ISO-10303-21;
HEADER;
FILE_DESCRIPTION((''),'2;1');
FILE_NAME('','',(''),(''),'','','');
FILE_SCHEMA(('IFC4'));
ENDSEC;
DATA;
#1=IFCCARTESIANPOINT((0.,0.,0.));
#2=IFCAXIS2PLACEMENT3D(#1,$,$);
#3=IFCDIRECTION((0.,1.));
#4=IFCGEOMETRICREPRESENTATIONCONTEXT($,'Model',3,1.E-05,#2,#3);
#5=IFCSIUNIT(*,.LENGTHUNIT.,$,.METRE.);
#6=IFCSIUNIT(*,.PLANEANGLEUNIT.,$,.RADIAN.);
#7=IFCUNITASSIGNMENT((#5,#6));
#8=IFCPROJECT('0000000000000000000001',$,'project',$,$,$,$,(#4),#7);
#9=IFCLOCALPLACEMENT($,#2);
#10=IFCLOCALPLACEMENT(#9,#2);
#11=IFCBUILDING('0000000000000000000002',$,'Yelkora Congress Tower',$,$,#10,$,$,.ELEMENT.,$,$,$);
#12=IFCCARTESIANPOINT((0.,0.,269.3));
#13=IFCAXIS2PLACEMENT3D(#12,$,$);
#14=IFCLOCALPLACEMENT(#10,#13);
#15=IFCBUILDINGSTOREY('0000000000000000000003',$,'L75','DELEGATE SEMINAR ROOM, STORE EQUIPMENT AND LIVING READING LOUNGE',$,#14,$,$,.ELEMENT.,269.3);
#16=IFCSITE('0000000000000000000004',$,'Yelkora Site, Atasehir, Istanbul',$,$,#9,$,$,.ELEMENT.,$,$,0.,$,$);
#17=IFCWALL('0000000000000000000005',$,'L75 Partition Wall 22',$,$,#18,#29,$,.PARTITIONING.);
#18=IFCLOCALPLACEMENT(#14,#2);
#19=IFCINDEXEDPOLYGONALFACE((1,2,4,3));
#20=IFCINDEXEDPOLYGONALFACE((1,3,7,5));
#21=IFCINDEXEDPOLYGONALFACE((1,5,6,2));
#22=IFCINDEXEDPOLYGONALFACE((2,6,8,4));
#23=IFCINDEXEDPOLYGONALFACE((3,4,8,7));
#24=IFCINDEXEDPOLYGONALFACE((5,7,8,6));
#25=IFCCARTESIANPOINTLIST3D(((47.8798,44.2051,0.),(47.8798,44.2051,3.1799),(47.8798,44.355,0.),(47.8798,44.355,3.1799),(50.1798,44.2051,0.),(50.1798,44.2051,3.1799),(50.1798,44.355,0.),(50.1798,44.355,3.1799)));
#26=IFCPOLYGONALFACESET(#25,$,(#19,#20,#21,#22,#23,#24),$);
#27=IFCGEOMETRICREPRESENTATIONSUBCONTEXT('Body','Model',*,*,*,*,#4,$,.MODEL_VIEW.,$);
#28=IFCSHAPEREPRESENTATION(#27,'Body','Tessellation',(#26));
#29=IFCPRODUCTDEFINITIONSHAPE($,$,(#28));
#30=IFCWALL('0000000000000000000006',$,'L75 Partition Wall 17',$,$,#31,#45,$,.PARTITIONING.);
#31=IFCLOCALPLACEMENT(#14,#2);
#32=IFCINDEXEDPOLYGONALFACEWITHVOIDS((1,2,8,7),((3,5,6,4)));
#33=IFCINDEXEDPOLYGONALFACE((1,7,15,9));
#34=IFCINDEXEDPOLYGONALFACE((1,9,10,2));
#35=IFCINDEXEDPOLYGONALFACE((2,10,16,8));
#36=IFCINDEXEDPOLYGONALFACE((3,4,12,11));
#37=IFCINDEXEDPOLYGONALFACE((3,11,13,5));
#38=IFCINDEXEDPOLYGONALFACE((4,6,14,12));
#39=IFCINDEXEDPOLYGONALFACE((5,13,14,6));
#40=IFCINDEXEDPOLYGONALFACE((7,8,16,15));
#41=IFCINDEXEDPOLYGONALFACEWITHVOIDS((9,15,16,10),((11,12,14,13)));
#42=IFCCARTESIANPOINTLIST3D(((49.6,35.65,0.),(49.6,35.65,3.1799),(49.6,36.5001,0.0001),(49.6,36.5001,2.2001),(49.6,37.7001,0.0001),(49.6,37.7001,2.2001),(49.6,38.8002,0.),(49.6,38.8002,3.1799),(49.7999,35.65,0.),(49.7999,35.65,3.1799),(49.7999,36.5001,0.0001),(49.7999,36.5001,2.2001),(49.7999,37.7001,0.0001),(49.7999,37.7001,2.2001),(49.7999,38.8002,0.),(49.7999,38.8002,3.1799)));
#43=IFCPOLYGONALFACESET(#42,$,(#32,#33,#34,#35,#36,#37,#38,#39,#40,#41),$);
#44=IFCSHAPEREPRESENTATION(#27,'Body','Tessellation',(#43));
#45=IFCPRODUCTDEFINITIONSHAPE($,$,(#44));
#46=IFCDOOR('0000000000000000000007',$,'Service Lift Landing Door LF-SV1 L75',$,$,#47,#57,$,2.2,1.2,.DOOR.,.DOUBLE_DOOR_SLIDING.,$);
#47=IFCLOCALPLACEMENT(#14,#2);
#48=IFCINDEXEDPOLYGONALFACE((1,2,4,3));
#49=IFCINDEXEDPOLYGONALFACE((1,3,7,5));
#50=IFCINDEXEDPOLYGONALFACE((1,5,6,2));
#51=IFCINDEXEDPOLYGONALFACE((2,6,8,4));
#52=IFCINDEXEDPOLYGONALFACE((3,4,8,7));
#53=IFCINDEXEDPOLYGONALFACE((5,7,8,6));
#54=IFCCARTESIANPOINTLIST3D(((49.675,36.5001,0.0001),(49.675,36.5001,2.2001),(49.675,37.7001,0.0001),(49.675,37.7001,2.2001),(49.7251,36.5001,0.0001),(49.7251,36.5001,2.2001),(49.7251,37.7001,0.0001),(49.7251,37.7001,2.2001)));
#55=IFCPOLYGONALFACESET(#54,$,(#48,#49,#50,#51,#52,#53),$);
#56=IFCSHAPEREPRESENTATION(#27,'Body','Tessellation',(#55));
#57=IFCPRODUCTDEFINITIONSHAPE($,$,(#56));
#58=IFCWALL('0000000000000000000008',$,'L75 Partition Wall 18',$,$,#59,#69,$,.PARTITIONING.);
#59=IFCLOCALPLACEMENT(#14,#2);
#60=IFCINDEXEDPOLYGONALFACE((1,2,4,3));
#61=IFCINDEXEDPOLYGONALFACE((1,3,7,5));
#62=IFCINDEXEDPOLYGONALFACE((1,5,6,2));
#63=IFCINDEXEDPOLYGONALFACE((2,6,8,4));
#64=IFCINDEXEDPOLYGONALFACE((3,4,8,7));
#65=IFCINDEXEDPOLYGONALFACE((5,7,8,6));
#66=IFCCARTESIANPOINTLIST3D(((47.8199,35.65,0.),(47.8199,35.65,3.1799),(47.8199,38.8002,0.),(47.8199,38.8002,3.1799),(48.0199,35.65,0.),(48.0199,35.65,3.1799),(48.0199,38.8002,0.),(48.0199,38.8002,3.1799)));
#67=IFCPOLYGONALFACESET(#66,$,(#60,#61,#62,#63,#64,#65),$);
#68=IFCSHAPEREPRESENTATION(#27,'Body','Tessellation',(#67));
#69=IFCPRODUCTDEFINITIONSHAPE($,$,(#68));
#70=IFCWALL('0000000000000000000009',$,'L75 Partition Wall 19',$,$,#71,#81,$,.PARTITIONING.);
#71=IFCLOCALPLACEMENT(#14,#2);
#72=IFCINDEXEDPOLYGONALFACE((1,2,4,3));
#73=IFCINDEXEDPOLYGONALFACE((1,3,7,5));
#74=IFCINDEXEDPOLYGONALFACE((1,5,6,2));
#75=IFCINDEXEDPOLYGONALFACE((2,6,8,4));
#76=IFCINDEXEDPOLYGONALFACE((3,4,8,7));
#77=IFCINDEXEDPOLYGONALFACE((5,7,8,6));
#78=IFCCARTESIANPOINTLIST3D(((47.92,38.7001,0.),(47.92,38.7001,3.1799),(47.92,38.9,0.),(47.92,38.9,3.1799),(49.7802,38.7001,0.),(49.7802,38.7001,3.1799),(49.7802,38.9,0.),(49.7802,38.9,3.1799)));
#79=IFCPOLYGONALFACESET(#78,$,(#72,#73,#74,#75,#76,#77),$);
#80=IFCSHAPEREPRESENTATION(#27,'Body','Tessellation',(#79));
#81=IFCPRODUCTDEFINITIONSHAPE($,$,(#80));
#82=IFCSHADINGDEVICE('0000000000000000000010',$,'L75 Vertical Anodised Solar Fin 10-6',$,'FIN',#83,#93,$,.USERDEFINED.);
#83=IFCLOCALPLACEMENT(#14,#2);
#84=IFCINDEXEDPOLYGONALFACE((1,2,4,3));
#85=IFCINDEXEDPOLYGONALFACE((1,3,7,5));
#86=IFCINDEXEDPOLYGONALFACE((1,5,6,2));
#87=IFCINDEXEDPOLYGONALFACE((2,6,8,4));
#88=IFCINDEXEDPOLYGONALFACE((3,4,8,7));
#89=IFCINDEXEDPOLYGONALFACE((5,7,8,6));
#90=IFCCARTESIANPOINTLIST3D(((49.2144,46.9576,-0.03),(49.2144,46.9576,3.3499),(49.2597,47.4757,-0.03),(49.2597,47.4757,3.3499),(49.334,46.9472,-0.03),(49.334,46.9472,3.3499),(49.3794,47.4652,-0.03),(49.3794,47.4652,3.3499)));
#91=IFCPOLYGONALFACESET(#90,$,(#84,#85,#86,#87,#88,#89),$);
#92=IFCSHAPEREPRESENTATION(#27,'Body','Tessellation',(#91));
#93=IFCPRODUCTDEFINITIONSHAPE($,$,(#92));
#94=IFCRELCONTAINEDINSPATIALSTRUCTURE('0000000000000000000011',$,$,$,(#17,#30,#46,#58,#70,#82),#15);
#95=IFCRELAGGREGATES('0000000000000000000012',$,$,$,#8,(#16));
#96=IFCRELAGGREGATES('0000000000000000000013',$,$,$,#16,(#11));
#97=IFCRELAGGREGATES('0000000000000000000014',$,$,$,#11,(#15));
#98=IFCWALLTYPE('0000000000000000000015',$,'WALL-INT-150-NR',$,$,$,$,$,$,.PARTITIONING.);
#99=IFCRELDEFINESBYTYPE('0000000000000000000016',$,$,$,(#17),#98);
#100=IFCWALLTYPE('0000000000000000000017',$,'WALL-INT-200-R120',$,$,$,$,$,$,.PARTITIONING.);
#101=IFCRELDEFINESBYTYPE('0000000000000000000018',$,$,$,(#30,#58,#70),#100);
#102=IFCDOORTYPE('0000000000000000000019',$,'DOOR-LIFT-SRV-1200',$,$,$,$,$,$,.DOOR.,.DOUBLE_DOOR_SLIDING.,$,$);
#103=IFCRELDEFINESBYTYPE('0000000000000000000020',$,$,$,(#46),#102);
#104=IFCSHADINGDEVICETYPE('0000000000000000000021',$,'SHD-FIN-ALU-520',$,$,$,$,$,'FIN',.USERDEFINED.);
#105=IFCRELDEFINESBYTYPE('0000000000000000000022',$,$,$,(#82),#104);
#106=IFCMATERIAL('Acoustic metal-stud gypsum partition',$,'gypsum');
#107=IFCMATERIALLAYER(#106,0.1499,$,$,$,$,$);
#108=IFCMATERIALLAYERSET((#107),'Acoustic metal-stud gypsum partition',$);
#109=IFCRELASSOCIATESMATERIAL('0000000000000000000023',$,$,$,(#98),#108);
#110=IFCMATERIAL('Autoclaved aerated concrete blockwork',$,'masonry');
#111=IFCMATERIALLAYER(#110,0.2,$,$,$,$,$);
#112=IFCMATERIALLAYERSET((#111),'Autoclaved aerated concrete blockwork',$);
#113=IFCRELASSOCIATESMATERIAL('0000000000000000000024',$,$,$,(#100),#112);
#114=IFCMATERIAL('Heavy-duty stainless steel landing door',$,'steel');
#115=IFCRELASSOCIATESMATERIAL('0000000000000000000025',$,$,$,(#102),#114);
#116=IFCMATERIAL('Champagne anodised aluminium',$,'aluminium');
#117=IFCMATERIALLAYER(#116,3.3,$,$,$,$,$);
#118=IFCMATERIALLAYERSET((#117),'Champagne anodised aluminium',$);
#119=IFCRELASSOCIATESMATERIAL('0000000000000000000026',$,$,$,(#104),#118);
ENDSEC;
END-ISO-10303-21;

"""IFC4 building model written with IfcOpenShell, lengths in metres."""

from ifc_helpers import new_model, si_unit, direction, frame, frame_2d, origin, origin_2d, place, context, subcontext, project, spatial, rectangle, extrude, material, layer, layer_set, type_object, element, fill, save


model = new_model("IFC4")

# Units and contexts
model_context = context("Model", 3, precision=1e-05, world=origin(), true_north=direction((0.0, 1.0)))
body_context = subcontext(model_context, "Body", "Model", "MODEL_VIEW")
ifc_project = project(units=[si_unit("LENGTHUNIT", "METRE"), si_unit("PLANEANGLEUNIT", "RADIAN")], contexts=[model_context])

# Site, building, storey
site_placement = place(None, origin())
site = spatial("IfcSite", under=ifc_project, at=site_placement, Name="Yelkora Site, Atasehir, Istanbul", CompositionType="ELEMENT", RefElevation=0.0)
building_placement = place(site_placement, origin())
building = spatial("IfcBuilding", under=site, at=building_placement, Name="Yelkora Congress Tower", CompositionType="ELEMENT")
storey_placement = place(building_placement, frame((0.0, 0.0, 269.3)))
storey = spatial("IfcBuildingStorey", under=building, at=storey_placement, Name="L75", Description="DELEGATE SEMINAR ROOM, STORE EQUIPMENT AND LIVING READING LOUNGE", CompositionType="ELEMENT", Elevation=269.3)

# Wall
ifc_material_1 = material(Name="Acoustic metal-stud gypsum partition", Category="gypsum")
ifc_layer_1 = layer(ifc_material_1, 0.1499)
ifc_layer_set_1 = layer_set([ifc_layer_1], Name="Acoustic metal-stud gypsum partition")
wall_type_1 = type_object("IfcWallType", Name="WALL-INT-150-NR", PredefinedType="PARTITIONING", material=ifc_layer_set_1)
for number, where, z_axis, x_axis, name in (
    (1, (47.8799, 44.28, 0.0), (0.0, 0.0, 1.0), (1.0, 0.0, 0.0), "L75 Partition Wall 22"),
):
    element("IfcWall", number, at=place(storey_placement, frame(where, z_axis=z_axis, x_axis=x_axis)), inside=storey, type_object=wall_type_1, Name=name, PredefinedType="PARTITIONING", context=body_context, shape_type="SweptSolid", body=[
        extrude(rectangle(XDim=2.3, YDim=0.1499, at=frame_2d((1.1499, 0.0))), origin(), (0.0, 0.0, 1.0), 3.1799),
    ])

# Wall, opening, door
ifc_material_2 = material(Name="Autoclaved aerated concrete blockwork", Category="masonry")
ifc_layer_2 = layer(ifc_material_2, 0.2)
ifc_layer_set_2 = layer_set([ifc_layer_2], Name="Autoclaved aerated concrete blockwork")
wall_type_2 = type_object("IfcWallType", Name="WALL-INT-200-R120", PredefinedType="PARTITIONING", material=ifc_layer_set_2)
wall_1_placement = place(storey_placement, frame((49.7, 35.6499, 0.0), z_axis=(0.0, 0.0, 1.0), x_axis=(0.0, 1.0, 0.0)))
wall_1 = element("IfcWall", 2, at=wall_1_placement, inside=storey, type_object=wall_type_2, Name="L75 Partition Wall 17", PredefinedType="PARTITIONING", context=body_context, shape_type="SweptSolid", body=[
    extrude(rectangle(XDim=3.1501, YDim=0.2, at=frame_2d((1.5752, 0.0))), origin(), (0.0, 0.0, 1.0), 3.1799),
])
opening_1_placement = place(wall_1_placement, frame((0.8501, 0.0, 0.0)))
opening_1 = element("IfcOpeningElement", 3, at=opening_1_placement, cuts=wall_1, PredefinedType="OPENING", context=body_context, shape_type="SweptSolid", body=[
    extrude(rectangle(XDim=1.2, YDim=2.2, at=frame_2d((0.6001, 1.1001))), frame((0.0, 0.1099, 0.0), z_axis=(0.0, -1.0, 0.0), x_axis=(1.0, 0.0, 0.0)), (0.0, 0.0, 1.0), 0.22),
])
ifc_material_3 = material(Name="Heavy-duty stainless steel landing door", Category="steel")
door_type_1 = type_object("IfcDoorType", Name="DOOR-LIFT-SRV-1200", OperationType="DOUBLE_DOOR_SLIDING", PredefinedType="DOOR", material=ifc_material_3)
door_1_placement = place(opening_1_placement, origin())
door_1 = element("IfcDoor", 4, at=door_1_placement, inside=storey, type_object=door_type_1, Name="Service Lift Landing Door LF-SV1 L75", OperationType="DOUBLE_DOOR_SLIDING", OverallHeight=2.2, OverallWidth=1.2, PredefinedType="DOOR", context=body_context, shape_type="SweptSolid", body=[
    extrude(rectangle(XDim=1.2, YDim=2.2, at=frame_2d((0.6001, 1.1001))), frame((0.0, 0.0249, 0.0), z_axis=(0.0, -1.0, 0.0), x_axis=(1.0, 0.0, 0.0)), (0.0, 0.0, 1.0), 0.05),
])
fill(opening_1, door_1)

# Walls
wall_2_placement = place(storey_placement, frame((47.9199, 35.6499, 0.0), z_axis=(0.0, 0.0, 1.0), x_axis=(0.0, 1.0, 0.0)))
element("IfcWall", 5, at=wall_2_placement, inside=storey, type_object=wall_type_2, Name="L75 Partition Wall 18", PredefinedType="PARTITIONING", context=body_context, shape_type="SweptSolid", body=[
    extrude(rectangle(XDim=3.1501, YDim=0.2, at=frame_2d((1.5752, 0.0))), origin(), (0.0, 0.0, 1.0), 3.1799),
])
wall_3_placement = place(storey_placement, frame((47.9199, 38.8, 0.0), z_axis=(0.0, 0.0, 1.0), x_axis=(1.0, 0.0, 0.0)))
element("IfcWall", 6, at=wall_3_placement, inside=storey, type_object=wall_type_2, Name="L75 Partition Wall 19", PredefinedType="PARTITIONING", context=body_context, shape_type="SweptSolid", body=[
    extrude(rectangle(XDim=1.8601, YDim=0.2, at=frame_2d((0.9302, 0.0))), origin(), (0.0, 0.0, 1.0), 3.1799),
])

# Shading device
ifc_material_4 = material(Name="Champagne anodised aluminium", Category="aluminium")
ifc_layer_3 = layer(ifc_material_4, 3.3)
ifc_layer_set_3 = layer_set([ifc_layer_3], Name="Champagne anodised aluminium")
shading_device_type = type_object("IfcShadingDeviceType", Name="SHD-FIN-ALU-520", ElementType="FIN", PredefinedType="USERDEFINED", material=ifc_layer_set_3)
shading_device_placement = place(storey_placement, frame((49.2969, 47.2114, -0.03), z_axis=(0.0, 0.0, 1.0), x_axis=(0.996195, -0.087156, 0.0)))
element("IfcShadingDevice", 7, at=shading_device_placement, inside=storey, type_object=shading_device_type, Name="L75 Vertical Anodised Solar Fin 10-6", ObjectType="FIN", PredefinedType="USERDEFINED", context=body_context, shape_type="SweptSolid", body=[
    extrude(rectangle(XDim=0.1201, YDim=0.52, at=origin_2d()), origin(), (0.0, 0.0, 1.0), 3.3799),
])

save(model, "model.ifc")
